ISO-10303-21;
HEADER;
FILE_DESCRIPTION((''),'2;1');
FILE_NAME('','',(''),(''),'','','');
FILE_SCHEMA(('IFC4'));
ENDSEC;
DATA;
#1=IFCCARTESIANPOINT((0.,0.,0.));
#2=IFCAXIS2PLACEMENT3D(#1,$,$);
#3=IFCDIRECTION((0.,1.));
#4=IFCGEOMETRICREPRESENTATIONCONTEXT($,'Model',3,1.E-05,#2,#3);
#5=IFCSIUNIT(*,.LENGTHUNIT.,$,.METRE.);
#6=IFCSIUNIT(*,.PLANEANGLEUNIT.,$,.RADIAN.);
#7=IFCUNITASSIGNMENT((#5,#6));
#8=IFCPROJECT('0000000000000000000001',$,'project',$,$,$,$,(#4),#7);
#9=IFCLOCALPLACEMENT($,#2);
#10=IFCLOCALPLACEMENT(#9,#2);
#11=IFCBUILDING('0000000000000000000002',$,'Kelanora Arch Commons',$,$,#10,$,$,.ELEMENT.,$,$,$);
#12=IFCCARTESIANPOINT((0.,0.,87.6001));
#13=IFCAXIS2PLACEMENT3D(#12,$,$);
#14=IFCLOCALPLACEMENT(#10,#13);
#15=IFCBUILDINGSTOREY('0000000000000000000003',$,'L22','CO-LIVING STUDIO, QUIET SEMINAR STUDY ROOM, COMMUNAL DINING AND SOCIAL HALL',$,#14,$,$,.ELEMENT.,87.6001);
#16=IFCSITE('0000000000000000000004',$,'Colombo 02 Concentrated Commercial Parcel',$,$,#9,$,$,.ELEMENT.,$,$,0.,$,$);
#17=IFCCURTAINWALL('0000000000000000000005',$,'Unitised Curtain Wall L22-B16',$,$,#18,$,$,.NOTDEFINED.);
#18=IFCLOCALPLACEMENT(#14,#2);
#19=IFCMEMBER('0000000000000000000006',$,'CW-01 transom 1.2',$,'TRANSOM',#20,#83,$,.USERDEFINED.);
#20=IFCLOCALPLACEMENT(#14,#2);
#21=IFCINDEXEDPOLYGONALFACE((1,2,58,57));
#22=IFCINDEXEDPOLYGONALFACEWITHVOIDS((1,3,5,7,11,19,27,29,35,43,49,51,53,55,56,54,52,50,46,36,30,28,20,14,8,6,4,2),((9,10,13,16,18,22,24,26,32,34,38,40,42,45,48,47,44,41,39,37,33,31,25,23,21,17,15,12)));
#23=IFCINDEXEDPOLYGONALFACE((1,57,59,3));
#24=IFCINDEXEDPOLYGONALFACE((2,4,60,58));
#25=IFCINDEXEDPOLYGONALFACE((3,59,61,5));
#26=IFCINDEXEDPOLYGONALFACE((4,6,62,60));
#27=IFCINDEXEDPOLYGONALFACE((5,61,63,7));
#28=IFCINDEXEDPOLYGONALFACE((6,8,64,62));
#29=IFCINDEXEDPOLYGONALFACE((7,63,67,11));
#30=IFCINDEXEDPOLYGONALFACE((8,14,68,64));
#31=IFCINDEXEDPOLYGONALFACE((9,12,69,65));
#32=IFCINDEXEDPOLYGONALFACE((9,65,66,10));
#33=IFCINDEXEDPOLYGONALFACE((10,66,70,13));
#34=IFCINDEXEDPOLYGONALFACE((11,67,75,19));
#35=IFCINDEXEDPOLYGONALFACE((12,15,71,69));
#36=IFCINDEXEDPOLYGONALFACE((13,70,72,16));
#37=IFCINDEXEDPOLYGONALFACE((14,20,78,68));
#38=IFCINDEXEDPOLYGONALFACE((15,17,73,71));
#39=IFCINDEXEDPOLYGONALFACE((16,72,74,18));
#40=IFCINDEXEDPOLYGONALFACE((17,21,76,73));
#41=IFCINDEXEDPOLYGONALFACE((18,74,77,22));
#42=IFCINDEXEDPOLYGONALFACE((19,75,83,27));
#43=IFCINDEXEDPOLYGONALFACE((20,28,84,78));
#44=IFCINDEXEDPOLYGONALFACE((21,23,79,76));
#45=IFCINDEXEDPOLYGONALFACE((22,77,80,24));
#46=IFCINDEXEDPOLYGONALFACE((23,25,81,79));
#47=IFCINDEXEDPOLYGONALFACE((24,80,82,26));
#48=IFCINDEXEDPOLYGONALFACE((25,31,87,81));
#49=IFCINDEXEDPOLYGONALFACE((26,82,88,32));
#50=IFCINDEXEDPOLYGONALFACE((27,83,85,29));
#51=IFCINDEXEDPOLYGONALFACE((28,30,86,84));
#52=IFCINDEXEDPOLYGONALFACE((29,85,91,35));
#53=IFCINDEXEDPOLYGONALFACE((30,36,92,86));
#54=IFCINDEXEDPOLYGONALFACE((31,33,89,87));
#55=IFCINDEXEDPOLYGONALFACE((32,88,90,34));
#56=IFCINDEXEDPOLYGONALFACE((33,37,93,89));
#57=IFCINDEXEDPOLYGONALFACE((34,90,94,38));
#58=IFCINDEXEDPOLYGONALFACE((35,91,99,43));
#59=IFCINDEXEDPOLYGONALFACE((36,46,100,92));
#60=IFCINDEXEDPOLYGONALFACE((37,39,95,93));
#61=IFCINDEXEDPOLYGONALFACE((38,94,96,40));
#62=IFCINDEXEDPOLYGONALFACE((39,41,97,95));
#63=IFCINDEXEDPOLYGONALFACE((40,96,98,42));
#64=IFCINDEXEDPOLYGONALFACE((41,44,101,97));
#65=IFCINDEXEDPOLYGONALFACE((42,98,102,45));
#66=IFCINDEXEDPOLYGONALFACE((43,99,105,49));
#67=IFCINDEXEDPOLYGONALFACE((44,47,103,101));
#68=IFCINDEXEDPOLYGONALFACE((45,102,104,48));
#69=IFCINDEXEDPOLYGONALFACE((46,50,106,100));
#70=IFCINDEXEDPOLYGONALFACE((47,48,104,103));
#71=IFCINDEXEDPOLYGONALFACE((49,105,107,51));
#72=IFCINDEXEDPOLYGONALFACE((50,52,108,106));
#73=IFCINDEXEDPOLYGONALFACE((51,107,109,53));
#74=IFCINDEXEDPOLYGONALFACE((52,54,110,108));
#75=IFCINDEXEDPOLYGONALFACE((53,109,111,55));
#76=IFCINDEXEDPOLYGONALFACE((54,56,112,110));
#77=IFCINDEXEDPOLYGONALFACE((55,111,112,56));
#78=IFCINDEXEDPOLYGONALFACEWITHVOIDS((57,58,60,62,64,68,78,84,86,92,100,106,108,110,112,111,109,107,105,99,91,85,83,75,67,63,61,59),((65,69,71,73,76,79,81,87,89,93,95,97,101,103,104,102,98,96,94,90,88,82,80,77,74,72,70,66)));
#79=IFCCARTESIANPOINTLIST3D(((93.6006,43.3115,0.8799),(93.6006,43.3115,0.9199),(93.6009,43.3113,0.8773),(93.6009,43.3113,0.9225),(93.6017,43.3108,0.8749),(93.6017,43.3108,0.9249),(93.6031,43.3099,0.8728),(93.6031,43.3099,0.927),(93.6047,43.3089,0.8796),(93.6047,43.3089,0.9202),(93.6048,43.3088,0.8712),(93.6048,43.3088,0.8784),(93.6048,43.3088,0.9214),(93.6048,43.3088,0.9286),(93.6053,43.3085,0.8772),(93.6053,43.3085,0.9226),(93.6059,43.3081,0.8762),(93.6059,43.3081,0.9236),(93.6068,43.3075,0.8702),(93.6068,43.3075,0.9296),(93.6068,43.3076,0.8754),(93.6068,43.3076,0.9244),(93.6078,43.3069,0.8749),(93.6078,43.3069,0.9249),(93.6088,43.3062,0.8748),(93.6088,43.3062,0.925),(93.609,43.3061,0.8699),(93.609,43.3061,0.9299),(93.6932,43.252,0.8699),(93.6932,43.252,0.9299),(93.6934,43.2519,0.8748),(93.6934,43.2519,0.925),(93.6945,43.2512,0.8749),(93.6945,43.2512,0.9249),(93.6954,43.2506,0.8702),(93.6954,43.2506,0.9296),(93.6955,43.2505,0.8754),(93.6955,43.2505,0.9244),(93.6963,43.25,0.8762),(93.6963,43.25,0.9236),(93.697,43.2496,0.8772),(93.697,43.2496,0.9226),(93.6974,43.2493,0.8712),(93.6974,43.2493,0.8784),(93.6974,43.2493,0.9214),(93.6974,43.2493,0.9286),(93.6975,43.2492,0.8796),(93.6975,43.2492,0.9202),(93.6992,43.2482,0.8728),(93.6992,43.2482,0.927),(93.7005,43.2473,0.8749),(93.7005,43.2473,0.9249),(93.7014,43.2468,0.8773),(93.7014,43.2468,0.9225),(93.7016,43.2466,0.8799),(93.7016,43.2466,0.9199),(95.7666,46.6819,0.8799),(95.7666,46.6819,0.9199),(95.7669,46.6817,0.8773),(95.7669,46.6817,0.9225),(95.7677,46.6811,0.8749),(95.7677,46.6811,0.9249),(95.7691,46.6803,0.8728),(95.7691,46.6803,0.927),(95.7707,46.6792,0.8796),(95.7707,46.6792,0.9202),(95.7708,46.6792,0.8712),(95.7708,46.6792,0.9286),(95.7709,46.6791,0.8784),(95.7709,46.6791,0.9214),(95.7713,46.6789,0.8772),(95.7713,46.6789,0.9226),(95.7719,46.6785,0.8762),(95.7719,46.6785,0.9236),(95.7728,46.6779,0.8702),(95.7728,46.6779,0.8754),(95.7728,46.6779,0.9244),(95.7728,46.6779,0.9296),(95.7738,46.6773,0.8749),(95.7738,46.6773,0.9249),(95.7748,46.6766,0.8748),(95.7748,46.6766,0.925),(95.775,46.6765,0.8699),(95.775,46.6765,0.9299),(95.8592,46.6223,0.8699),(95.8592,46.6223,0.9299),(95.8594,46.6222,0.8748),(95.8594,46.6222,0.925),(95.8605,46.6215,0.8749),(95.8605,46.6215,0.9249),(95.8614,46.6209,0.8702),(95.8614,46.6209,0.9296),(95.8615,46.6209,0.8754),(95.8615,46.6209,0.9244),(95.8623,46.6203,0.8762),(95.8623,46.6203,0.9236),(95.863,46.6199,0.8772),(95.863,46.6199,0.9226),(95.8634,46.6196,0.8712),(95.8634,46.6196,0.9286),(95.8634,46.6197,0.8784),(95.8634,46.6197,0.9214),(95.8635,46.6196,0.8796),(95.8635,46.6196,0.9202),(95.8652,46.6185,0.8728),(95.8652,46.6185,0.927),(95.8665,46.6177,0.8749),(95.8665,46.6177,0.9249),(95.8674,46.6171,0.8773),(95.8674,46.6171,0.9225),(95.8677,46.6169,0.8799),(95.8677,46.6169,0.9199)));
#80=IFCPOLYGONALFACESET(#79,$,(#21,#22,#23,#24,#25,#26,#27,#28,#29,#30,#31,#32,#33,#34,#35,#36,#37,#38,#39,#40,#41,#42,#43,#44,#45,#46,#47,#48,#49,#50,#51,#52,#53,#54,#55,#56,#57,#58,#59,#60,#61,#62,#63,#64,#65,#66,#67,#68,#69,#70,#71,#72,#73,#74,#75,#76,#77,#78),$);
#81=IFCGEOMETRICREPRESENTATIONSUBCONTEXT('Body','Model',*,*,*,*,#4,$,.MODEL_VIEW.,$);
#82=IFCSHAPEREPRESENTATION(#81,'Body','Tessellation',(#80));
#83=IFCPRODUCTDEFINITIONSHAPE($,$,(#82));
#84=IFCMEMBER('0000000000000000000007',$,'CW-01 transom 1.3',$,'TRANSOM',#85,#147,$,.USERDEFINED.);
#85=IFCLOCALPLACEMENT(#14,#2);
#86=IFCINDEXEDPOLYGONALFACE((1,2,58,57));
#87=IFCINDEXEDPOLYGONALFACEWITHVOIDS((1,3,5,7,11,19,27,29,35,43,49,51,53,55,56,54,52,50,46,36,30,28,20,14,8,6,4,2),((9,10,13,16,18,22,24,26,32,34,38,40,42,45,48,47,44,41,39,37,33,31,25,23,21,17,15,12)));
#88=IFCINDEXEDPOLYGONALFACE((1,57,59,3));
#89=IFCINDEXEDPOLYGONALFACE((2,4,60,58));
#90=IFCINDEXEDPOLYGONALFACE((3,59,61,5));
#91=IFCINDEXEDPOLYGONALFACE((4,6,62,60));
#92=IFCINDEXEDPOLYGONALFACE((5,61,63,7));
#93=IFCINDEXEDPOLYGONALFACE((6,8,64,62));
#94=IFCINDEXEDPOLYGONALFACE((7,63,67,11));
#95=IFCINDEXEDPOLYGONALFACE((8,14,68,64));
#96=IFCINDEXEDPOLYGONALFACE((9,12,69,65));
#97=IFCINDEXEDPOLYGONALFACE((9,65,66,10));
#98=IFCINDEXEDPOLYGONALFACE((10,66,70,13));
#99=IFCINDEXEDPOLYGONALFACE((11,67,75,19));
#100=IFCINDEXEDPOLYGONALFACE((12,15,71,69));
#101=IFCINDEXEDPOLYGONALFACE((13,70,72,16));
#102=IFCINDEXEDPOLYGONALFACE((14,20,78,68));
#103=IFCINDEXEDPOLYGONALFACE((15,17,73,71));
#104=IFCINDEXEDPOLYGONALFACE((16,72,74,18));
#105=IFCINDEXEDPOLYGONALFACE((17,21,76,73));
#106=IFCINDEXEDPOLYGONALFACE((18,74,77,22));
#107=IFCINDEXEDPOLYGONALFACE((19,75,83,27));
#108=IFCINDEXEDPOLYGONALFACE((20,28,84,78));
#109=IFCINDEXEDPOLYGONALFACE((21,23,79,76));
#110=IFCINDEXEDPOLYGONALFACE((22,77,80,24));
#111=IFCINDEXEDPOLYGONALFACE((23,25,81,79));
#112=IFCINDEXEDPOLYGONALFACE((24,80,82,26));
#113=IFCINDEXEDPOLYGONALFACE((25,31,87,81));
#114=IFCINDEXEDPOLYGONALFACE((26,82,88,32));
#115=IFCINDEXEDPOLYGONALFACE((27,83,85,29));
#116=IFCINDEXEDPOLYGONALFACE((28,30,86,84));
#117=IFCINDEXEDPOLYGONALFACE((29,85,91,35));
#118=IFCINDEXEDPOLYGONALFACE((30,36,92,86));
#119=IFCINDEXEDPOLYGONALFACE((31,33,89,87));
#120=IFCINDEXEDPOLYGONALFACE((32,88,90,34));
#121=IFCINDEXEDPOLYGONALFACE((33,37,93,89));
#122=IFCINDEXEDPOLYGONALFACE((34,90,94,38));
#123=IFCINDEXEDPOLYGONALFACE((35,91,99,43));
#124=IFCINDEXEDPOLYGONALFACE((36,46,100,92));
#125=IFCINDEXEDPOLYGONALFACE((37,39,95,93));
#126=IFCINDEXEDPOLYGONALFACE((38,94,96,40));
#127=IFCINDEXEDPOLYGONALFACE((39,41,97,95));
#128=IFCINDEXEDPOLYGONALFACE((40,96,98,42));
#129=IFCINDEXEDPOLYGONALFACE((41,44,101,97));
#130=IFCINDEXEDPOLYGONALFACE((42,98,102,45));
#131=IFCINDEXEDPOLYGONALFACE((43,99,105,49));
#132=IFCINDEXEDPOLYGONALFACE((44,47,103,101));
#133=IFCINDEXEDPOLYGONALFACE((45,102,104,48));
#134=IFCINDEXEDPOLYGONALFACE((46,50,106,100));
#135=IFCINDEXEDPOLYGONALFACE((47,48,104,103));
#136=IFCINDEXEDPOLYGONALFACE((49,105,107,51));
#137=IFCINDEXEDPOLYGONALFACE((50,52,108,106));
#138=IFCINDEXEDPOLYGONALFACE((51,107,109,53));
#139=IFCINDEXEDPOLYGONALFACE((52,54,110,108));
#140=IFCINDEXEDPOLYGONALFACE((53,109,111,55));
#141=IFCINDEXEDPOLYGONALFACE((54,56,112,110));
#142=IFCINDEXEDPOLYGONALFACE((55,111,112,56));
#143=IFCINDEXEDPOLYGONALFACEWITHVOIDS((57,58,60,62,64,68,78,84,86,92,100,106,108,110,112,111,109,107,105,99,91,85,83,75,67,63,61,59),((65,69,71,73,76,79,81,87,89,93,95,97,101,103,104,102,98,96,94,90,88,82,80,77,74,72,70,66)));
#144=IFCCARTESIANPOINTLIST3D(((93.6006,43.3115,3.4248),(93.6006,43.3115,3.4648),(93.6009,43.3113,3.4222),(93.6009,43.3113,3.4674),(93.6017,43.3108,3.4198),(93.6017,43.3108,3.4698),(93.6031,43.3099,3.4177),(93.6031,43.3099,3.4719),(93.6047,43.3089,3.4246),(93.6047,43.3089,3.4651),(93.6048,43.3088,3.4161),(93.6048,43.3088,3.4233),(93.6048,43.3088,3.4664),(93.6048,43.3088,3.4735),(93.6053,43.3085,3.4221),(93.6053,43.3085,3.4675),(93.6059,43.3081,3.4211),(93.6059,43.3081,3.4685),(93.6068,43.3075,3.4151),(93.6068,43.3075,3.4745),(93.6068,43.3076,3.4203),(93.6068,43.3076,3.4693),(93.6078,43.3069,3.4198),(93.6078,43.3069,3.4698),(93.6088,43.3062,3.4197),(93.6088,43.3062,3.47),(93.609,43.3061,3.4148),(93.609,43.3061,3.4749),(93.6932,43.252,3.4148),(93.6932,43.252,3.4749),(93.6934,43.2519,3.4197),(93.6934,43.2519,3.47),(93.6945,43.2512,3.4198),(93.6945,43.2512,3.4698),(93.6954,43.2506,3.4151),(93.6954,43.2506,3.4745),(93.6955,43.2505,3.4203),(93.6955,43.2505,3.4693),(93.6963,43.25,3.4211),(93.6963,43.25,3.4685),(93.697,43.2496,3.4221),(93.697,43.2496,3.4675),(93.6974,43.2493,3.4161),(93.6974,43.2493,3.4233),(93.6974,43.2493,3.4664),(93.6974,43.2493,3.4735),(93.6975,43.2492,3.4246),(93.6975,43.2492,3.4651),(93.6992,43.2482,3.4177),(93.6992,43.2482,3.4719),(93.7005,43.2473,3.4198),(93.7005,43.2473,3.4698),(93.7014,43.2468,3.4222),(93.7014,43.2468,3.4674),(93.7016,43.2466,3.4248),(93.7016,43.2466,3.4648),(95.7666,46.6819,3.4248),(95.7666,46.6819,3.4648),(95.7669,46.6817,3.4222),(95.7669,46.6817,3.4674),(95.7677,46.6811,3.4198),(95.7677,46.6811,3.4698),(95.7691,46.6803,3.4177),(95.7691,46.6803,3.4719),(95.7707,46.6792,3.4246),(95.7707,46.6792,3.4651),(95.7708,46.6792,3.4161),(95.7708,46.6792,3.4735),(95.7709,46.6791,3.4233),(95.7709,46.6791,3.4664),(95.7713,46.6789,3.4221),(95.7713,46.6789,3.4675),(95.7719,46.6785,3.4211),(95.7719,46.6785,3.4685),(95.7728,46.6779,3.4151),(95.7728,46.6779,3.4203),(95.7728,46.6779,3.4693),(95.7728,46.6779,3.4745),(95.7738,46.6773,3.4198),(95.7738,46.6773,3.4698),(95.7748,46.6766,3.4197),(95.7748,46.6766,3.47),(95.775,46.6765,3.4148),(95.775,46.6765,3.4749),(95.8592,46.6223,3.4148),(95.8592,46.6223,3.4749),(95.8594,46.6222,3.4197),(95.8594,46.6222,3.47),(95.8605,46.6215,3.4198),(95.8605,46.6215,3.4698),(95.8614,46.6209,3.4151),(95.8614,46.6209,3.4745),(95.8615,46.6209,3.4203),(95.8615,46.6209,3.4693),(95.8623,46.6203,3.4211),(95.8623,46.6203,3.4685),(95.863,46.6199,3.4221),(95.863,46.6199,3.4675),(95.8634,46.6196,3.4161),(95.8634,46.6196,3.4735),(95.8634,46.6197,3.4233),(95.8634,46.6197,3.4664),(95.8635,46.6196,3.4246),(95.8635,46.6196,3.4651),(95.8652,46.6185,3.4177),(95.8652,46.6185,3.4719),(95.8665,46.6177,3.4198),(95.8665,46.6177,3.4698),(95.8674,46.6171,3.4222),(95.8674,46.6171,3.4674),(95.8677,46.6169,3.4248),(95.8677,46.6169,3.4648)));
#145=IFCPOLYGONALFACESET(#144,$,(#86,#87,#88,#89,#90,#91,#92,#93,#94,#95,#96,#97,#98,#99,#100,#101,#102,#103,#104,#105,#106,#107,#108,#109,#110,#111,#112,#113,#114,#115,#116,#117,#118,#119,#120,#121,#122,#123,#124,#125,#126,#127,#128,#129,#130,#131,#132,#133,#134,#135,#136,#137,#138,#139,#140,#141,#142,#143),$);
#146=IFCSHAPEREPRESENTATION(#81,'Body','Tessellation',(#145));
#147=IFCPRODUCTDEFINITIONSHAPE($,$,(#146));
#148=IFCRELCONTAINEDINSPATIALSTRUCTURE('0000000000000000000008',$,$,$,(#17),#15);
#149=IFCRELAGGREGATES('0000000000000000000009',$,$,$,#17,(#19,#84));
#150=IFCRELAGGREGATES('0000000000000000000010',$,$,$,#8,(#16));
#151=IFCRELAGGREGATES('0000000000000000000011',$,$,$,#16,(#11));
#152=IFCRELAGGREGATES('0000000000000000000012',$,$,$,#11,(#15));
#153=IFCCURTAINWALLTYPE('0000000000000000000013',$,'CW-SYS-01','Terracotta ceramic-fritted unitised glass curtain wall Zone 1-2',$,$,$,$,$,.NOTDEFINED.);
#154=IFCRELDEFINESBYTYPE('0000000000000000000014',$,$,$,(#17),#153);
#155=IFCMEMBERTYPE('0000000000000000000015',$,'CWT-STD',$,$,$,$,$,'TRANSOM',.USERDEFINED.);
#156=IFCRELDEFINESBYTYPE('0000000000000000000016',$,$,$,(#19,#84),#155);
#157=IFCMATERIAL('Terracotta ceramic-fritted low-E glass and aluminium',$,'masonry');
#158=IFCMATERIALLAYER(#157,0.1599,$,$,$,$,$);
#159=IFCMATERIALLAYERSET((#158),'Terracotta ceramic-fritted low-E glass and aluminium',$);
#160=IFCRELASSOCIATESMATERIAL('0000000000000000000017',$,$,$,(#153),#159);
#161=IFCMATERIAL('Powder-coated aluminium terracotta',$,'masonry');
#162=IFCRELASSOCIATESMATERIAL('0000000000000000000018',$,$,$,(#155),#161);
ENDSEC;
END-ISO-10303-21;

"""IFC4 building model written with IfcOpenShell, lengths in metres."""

from ifc_helpers import new_model, si_unit, direction, frame, origin, origin_2d, place, context, subcontext, project, spatial, hollow_rectangle, extrude, material, layer, layer_set, material_profile, profile_set, type_object, element, aggregate, save


model = new_model("IFC4")

# Units and contexts
model_context = context("Model", 3, precision=1e-05, world=origin(), true_north=direction((0.0, 1.0)))
body_context = subcontext(model_context, "Body", "Model", "MODEL_VIEW")
ifc_project = project(units=[si_unit("LENGTHUNIT", "METRE"), si_unit("PLANEANGLEUNIT", "RADIAN")], contexts=[model_context])

# Site, building, storey
site_placement = place(None, origin())
site = spatial("IfcSite", under=ifc_project, at=site_placement, Name="Colombo 02 Concentrated Commercial Parcel", CompositionType="ELEMENT", RefElevation=0.0)
building_placement = place(site_placement, origin())
building = spatial("IfcBuilding", under=site, at=building_placement, Name="Kelanora Arch Commons", CompositionType="ELEMENT")
storey_placement = place(building_placement, frame((0.0, 0.0, 87.6001)))
storey = spatial("IfcBuildingStorey", under=building, at=storey_placement, Name="L22", Description="CO-LIVING STUDIO, QUIET SEMINAR STUDY ROOM, COMMUNAL DINING AND SOCIAL HALL", CompositionType="ELEMENT", Elevation=87.6001)

# Shared definitions
ifc_material_1 = material(Name="Terracotta ceramic-fritted low-E glass and aluminium", Category="masonry")
ifc_layer_1 = layer(ifc_material_1, 0.1599)
ifc_layer_set_1 = layer_set([ifc_layer_1], Name="Terracotta ceramic-fritted low-E glass and aluminium")
curtain_wall_type = type_object("IfcCurtainWallType", Name="CW-SYS-01", Description="Terracotta ceramic-fritted unitised glass curtain wall Zone 1-2", PredefinedType="NOTDEFINED", material=ifc_layer_set_1)
ifc_material_2 = material(Name="Powder-coated aluminium terracotta", Category="masonry")

# Curtain wall, members
curtain_wall_1_placement = place(storey_placement, origin())
curtain_wall_1 = element("IfcCurtainWall", 1, at=curtain_wall_1_placement, inside=storey, type_object=curtain_wall_type, Name="Unitised Curtain Wall L22-B16", PredefinedType="NOTDEFINED")
ifc_material_profile_1 = material_profile(ifc_material_2, hollow_rectangle(XDim=0.1201, YDim=0.0601, WallThickness=0.0049, InnerFilletRadius=0.0049, OuterFilletRadius=0.01, at=origin_2d()), Name="CWT120x60")
ifc_profile_set_1 = profile_set([ifc_material_profile_1], Name="Powder-coated aluminium terracotta")
member_type_1 = type_object("IfcMemberType", Name="CWT-STD", ElementType="TRANSOM", PredefinedType="USERDEFINED", material=ifc_profile_set_1)
member_1_placement = place(storey_placement, frame((93.6511, 43.2791, 0.8999), z_axis=(0.540644, 0.841252, 0.0), x_axis=(-0.841252, 0.540644, 0.0)))
member_1 = element("IfcMember", 2, at=member_1_placement, type_object=member_type_1, Name="CW-01 transom 1.2", ObjectType="TRANSOM", PredefinedType="USERDEFINED", context=body_context, shape_type="SweptSolid", body=[
    extrude(hollow_rectangle(XDim=0.1201, YDim=0.0601, WallThickness=0.0049, InnerFilletRadius=0.0049, OuterFilletRadius=0.01, at=origin_2d()), origin(), (0.0, 0.0, 1.0), 4.0063),
])
member_2_placement = place(storey_placement, frame((93.6511, 43.2791, 3.4448), z_axis=(0.540644, 0.841252, 0.0), x_axis=(-0.841252, 0.540644, 0.0)))
member_2 = element("IfcMember", 3, at=member_2_placement, type_object=member_type_1, Name="CW-01 transom 1.3", ObjectType="TRANSOM", PredefinedType="USERDEFINED", context=body_context, shape_type="SweptSolid", body=[
    extrude(hollow_rectangle(XDim=0.1201, YDim=0.0601, WallThickness=0.0049, InnerFilletRadius=0.0049, OuterFilletRadius=0.01, at=origin_2d()), origin(), (0.0, 0.0, 1.0), 4.0063),
])
aggregate(curtain_wall_1, [member_1, member_2])

save(model, "model.ifc")
